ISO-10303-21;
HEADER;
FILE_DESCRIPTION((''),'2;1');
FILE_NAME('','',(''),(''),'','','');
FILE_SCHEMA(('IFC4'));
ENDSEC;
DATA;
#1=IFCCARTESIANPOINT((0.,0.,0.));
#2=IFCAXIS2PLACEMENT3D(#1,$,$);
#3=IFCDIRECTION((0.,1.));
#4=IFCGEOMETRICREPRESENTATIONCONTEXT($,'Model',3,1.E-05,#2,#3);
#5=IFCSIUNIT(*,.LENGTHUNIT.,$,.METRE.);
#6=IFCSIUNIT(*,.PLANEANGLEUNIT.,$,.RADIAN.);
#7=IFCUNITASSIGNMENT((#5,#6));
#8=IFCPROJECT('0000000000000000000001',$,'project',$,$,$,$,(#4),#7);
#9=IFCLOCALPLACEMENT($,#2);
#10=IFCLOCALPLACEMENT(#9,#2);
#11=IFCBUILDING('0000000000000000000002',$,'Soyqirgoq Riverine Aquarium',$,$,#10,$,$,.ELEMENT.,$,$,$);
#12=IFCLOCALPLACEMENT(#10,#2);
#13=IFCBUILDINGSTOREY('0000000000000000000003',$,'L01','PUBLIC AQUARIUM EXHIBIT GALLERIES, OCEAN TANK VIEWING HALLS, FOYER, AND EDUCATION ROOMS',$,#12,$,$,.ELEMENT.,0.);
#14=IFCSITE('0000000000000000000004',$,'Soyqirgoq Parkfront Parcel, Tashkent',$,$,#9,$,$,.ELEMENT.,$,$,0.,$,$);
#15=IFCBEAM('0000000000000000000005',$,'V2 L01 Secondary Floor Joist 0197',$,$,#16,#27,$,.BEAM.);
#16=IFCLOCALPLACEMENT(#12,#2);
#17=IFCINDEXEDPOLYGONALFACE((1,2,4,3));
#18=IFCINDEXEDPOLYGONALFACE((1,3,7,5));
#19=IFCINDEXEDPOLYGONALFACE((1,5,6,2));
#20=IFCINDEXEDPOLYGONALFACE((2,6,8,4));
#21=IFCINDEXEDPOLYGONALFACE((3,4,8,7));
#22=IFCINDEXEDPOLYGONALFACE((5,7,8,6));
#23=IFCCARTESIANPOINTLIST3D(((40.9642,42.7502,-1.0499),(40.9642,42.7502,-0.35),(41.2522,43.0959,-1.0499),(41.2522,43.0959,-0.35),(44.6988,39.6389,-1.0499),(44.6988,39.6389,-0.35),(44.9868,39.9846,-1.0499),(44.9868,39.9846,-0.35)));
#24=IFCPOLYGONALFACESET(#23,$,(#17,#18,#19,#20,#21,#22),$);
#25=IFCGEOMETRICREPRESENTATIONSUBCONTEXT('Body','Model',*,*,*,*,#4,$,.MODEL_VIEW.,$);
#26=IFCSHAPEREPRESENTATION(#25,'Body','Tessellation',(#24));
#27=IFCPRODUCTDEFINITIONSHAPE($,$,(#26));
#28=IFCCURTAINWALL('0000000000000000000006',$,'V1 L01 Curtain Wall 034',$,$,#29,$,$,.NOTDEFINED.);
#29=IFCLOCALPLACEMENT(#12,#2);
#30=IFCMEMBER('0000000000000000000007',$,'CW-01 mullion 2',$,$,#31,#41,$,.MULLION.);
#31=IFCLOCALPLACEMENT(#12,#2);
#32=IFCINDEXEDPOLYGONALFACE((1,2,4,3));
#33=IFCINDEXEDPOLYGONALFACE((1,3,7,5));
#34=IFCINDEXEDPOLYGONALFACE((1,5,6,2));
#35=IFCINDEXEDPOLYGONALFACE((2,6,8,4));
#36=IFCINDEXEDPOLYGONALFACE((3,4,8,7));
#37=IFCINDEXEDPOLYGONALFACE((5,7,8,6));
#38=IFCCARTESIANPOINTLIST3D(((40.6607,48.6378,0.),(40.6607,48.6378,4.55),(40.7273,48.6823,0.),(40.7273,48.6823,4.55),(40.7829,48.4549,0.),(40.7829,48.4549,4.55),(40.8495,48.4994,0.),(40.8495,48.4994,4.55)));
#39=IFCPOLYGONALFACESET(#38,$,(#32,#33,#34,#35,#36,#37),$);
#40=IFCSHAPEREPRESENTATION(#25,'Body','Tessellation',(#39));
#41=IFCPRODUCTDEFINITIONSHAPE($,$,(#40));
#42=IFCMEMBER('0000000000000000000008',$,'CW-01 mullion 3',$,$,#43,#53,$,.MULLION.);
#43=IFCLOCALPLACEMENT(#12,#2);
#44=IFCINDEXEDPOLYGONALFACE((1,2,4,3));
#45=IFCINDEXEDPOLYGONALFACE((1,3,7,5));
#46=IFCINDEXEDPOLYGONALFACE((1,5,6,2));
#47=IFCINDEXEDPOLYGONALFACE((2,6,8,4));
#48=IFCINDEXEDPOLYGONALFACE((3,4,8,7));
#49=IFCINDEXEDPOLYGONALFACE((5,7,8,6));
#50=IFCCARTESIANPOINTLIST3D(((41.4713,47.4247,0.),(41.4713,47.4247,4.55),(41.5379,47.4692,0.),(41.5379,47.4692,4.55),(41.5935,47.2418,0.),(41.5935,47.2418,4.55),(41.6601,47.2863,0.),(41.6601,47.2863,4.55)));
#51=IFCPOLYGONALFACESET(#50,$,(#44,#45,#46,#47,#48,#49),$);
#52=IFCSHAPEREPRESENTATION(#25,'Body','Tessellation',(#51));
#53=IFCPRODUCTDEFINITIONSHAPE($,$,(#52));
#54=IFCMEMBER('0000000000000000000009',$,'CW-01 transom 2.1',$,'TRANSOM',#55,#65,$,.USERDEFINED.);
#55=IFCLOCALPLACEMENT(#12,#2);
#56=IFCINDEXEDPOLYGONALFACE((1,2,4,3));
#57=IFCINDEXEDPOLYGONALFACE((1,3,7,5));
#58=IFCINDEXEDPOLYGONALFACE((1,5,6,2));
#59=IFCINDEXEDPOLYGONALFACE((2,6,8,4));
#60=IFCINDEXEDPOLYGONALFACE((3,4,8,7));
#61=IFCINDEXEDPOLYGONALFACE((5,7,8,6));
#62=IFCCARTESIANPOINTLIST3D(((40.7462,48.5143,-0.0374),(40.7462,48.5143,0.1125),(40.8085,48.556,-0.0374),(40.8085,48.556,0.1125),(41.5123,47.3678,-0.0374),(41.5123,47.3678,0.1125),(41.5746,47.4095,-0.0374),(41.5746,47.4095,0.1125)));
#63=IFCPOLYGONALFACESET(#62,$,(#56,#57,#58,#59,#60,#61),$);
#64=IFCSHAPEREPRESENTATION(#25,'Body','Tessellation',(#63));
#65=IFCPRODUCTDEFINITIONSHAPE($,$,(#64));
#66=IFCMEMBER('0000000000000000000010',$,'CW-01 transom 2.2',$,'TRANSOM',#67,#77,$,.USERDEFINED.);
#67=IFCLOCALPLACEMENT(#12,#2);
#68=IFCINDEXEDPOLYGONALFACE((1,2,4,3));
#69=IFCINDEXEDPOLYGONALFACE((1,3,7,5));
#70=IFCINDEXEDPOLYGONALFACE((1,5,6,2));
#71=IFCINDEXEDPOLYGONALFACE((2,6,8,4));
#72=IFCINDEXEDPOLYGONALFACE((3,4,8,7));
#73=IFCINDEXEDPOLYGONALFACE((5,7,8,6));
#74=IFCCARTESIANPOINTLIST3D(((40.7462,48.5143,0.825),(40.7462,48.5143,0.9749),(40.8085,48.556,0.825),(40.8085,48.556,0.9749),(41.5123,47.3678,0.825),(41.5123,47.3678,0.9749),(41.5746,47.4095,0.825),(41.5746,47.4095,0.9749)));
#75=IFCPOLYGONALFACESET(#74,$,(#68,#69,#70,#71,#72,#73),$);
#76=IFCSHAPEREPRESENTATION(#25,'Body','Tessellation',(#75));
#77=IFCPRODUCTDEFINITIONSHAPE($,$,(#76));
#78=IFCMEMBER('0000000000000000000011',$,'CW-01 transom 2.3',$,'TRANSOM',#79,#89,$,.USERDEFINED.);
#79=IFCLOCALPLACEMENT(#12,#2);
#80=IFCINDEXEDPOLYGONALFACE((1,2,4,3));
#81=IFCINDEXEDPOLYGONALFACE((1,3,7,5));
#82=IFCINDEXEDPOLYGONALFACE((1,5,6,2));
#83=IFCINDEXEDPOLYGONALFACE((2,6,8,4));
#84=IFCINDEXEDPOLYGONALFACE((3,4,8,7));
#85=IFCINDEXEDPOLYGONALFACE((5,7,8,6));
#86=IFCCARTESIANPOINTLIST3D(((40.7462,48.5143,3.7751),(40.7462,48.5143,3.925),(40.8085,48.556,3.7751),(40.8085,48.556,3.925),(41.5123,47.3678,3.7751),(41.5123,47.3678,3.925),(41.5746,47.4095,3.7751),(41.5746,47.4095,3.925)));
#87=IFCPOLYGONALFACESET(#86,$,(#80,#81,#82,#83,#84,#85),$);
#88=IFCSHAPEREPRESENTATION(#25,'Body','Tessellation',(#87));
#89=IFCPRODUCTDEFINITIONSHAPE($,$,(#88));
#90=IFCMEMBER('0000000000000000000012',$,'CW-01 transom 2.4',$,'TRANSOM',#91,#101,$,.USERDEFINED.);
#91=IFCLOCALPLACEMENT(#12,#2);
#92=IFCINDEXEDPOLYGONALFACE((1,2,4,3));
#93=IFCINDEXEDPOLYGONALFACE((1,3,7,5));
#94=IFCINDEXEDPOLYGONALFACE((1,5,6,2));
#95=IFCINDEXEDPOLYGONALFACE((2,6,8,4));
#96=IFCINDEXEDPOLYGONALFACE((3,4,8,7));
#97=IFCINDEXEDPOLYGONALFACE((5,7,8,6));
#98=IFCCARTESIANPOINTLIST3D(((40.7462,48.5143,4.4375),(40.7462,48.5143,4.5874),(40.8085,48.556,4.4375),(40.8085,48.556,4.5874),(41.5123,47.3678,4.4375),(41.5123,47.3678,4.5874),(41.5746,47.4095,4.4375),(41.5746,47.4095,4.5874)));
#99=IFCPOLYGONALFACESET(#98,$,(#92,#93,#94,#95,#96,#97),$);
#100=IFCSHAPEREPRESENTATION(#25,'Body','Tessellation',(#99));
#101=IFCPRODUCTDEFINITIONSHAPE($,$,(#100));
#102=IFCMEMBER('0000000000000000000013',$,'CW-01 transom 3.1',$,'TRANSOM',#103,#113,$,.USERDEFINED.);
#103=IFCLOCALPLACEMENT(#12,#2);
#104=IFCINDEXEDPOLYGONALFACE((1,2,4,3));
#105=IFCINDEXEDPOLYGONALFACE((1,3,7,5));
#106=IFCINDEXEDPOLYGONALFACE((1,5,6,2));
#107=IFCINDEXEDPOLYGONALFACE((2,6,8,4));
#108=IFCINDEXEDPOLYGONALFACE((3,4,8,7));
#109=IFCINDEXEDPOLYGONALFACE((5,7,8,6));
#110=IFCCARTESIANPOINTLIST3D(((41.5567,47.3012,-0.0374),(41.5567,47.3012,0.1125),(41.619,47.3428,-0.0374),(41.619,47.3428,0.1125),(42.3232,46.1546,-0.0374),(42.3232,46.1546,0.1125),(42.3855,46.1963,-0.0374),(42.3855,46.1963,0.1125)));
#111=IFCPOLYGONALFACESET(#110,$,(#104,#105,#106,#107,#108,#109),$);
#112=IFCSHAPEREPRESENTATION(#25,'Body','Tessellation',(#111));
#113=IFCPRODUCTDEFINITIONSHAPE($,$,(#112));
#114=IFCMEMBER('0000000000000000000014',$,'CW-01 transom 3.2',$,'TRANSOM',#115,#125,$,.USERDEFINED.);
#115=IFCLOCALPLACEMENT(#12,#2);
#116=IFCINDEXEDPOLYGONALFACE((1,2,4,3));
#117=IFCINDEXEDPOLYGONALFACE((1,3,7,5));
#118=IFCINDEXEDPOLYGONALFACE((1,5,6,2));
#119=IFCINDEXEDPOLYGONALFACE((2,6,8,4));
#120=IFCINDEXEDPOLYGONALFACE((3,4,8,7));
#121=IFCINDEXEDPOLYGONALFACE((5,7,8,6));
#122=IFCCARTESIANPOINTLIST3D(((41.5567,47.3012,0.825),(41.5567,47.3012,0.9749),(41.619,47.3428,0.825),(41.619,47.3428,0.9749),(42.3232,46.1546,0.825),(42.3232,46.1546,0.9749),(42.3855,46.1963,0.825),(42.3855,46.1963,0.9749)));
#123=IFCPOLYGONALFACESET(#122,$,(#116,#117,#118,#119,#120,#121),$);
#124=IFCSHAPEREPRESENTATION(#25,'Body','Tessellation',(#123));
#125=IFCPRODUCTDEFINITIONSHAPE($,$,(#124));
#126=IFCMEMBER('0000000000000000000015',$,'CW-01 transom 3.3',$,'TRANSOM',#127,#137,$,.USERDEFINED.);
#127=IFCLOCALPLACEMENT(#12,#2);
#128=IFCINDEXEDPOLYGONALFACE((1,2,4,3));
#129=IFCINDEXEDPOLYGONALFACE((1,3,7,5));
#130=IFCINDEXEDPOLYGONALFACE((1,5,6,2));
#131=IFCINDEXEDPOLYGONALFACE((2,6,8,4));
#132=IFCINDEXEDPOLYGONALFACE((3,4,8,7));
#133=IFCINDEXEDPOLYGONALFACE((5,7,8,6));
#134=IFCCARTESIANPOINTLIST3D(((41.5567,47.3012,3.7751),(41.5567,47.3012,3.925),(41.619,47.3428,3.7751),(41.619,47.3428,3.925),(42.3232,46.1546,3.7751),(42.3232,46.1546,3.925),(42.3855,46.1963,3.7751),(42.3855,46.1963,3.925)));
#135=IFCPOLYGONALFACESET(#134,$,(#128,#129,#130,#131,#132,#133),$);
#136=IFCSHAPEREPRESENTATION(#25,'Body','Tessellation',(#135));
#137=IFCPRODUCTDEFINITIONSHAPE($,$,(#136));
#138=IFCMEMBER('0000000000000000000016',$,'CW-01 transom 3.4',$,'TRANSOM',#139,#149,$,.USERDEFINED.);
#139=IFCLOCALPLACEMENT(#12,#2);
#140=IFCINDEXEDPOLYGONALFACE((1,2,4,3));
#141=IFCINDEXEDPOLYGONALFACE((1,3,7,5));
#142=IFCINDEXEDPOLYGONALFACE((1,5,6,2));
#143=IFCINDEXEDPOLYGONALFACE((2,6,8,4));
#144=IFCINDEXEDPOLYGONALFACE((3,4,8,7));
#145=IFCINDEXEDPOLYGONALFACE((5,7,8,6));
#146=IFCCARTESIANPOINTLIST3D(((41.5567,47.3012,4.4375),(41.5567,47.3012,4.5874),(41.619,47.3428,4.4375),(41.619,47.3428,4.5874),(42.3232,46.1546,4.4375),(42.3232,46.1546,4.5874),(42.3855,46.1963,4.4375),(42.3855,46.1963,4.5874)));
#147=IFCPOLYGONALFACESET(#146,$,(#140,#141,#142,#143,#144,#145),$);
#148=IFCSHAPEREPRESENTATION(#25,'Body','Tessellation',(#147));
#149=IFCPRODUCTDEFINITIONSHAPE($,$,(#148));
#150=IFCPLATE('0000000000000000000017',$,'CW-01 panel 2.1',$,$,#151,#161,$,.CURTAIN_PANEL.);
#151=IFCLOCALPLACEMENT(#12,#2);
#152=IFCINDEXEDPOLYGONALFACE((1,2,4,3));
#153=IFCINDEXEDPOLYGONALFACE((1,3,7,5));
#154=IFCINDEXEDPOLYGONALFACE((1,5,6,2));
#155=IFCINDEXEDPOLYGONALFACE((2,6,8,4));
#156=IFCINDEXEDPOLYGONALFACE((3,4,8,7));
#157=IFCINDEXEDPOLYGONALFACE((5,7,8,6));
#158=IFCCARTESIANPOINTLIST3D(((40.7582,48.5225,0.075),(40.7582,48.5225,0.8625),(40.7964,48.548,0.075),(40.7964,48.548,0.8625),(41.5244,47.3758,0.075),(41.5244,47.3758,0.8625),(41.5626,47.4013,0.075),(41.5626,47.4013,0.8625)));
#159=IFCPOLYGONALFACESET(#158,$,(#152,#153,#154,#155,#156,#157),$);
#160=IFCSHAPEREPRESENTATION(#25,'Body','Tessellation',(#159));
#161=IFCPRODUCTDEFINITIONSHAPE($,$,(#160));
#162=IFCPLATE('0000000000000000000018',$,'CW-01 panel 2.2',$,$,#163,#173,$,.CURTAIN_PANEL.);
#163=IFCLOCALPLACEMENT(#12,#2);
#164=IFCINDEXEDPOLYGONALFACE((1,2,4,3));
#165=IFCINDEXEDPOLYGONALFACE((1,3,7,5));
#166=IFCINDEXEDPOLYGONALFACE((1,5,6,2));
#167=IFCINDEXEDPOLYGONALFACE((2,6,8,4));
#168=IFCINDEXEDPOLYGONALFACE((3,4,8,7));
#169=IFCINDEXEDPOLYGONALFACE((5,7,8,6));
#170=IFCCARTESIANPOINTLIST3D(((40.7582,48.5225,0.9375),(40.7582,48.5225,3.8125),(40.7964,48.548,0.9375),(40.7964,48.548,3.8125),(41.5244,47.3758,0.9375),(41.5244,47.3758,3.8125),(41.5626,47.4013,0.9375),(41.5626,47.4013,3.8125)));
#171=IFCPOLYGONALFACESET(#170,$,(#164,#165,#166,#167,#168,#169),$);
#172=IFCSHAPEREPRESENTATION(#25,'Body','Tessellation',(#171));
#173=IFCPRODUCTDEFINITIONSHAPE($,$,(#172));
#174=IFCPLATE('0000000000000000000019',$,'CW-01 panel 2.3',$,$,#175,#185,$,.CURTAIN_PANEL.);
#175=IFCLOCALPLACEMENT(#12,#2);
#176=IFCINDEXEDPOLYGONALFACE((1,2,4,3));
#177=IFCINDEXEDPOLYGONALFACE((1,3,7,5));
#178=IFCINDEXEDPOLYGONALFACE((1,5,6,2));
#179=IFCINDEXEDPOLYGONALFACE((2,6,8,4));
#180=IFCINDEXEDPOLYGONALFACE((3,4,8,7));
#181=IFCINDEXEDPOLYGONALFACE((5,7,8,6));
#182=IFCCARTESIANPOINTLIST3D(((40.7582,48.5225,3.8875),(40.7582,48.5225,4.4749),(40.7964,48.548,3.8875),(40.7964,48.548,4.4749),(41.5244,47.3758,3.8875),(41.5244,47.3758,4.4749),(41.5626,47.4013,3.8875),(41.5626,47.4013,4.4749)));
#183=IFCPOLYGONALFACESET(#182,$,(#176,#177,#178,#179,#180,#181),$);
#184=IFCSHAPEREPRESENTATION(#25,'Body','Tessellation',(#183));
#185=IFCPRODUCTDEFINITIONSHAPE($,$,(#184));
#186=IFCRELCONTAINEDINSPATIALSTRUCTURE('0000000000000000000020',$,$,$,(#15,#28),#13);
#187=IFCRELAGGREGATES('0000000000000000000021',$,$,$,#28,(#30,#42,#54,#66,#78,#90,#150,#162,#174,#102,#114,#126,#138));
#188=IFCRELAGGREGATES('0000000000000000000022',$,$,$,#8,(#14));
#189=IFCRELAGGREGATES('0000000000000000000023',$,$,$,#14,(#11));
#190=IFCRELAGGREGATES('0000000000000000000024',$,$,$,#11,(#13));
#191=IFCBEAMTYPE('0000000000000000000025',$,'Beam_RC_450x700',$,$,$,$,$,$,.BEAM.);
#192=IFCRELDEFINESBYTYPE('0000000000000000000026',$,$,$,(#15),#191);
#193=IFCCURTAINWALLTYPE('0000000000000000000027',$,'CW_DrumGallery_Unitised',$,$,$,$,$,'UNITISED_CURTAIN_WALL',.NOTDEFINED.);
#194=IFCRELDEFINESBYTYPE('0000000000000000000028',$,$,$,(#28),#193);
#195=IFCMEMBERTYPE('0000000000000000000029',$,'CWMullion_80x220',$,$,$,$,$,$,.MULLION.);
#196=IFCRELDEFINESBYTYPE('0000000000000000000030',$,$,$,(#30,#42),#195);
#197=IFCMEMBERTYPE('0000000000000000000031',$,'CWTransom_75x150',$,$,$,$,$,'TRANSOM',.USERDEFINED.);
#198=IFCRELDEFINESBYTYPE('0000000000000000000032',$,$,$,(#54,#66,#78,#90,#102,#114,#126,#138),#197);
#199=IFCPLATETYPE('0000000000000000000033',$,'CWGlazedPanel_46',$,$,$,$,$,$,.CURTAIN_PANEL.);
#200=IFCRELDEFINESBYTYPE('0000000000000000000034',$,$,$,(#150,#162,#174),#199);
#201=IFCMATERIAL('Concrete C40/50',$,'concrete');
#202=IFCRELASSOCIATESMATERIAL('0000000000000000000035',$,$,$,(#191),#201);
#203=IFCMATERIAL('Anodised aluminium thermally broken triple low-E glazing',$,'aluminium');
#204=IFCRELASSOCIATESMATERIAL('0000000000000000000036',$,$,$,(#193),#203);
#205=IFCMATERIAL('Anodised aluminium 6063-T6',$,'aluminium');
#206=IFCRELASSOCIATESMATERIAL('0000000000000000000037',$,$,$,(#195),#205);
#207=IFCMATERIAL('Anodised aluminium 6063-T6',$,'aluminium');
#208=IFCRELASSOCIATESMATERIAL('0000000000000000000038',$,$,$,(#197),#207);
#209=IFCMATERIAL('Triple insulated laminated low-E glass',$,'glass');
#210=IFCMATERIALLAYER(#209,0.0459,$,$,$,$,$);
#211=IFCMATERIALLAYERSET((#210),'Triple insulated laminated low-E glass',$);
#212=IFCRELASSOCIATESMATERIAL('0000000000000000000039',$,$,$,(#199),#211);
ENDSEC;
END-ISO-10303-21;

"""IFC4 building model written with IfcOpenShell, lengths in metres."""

from ifc_helpers import new_model, si_unit, direction, frame, origin, origin_2d, place, context, subcontext, project, spatial, rectangle, extrude, material, layer, layer_set, material_profile, profile_set, type_object, element, aggregate, save


model = new_model("IFC4")

# Units and contexts
model_context = context("Model", 3, precision=1e-05, world=origin(), true_north=direction((0.0, 1.0)))
body_context = subcontext(model_context, "Body", "Model", "MODEL_VIEW")
ifc_project = project(units=[si_unit("LENGTHUNIT", "METRE"), si_unit("PLANEANGLEUNIT", "RADIAN")], contexts=[model_context])

# Site, building, storey
site_placement = place(None, origin())
site = spatial("IfcSite", under=ifc_project, at=site_placement, Name="Soyqirgoq Parkfront Parcel, Tashkent", CompositionType="ELEMENT", RefElevation=0.0)
building_placement = place(site_placement, origin())
building = spatial("IfcBuilding", under=site, at=building_placement, Name="Soyqirgoq Riverine Aquarium", CompositionType="ELEMENT")
storey_placement = place(building_placement, origin())
storey = spatial("IfcBuildingStorey", under=building, at=storey_placement, Name="L01", Description="PUBLIC AQUARIUM EXHIBIT GALLERIES, OCEAN TANK VIEWING HALLS, FOYER, AND EDUCATION ROOMS", CompositionType="ELEMENT", Elevation=0.0)

# Beam
ifc_material_1 = material(Name="Concrete C40/50", Category="concrete")
ifc_material_profile_1 = material_profile(ifc_material_1, rectangle(XDim=0.45, YDim=0.7, at=origin_2d()), Name="RC 450x700")
ifc_profile_set_1 = profile_set([ifc_material_profile_1], Name="Concrete C40/50")
beam_type = type_object("IfcBeamType", Name="Beam_RC_450x700", PredefinedType="BEAM", material=ifc_profile_set_1)
beam_placement = place(storey_placement, frame((41.1082, 42.9231, -0.7), z_axis=(0.768308, -0.640081, 0.0), x_axis=(0.640081, 0.768308, 0.0)))
element("IfcBeam", 1, at=beam_placement, inside=storey, type_object=beam_type, Name="V2 L01 Secondary Floor Joist 0197", PredefinedType="BEAM", context=body_context, shape_type="SweptSolid", body=[
    extrude(rectangle(XDim=0.45, YDim=0.7, at=origin_2d()), origin(), (0.0, 0.0, 1.0), 4.8608),
])

# Curtain wall, members, plates
ifc_material_2 = material(Name="Anodised aluminium thermally broken triple low-E glazing", Category="aluminium")
curtain_wall_type = type_object("IfcCurtainWallType", Name="CW_DrumGallery_Unitised", ElementType="UNITISED_CURTAIN_WALL", PredefinedType="NOTDEFINED", material=ifc_material_2)
curtain_wall_placement = place(storey_placement, origin())
curtain_wall = element("IfcCurtainWall", 2, at=curtain_wall_placement, inside=storey, type_object=curtain_wall_type, Name="V1 L01 Curtain Wall 034", PredefinedType="NOTDEFINED")
ifc_material_3 = material(Name="Anodised aluminium 6063-T6", Category="aluminium")
ifc_material_profile_2 = material_profile(ifc_material_3, rectangle(XDim=0.0801, YDim=0.22, at=origin_2d()), Name="ALU-M 80x220")
ifc_profile_set_2 = profile_set([ifc_material_profile_2], Name="Anodised aluminium 6063-T6")
member_type_1 = type_object("IfcMemberType", Name="CWMullion_80x220", PredefinedType="MULLION", material=ifc_profile_set_2)
member_1_placement = place(storey_placement, frame((40.7551, 48.5686, 0.0), z_axis=(0.0, 0.0, 1.0), x_axis=(0.831467, 0.555574, 0.0)))
member_1 = element("IfcMember", 3, at=member_1_placement, type_object=member_type_1, Name="CW-01 mullion 2", PredefinedType="MULLION", context=body_context, shape_type="SweptSolid", body=[
    extrude(rectangle(XDim=0.0801, YDim=0.22, at=origin_2d()), origin(), (0.0, 0.0, 1.0), 4.55),
])
member_2_placement = place(storey_placement, frame((41.5657, 47.3555, 0.0), z_axis=(0.0, 0.0, 1.0), x_axis=(0.831467, 0.555574, 0.0)))
member_2 = element("IfcMember", 4, at=member_2_placement, type_object=member_type_1, Name="CW-01 mullion 3", PredefinedType="MULLION", context=body_context, shape_type="SweptSolid", body=[
    extrude(rectangle(XDim=0.0801, YDim=0.22, at=origin_2d()), origin(), (0.0, 0.0, 1.0), 4.55),
])
ifc_material_4 = material(Name="Anodised aluminium 6063-T6", Category="aluminium")
ifc_material_profile_3 = material_profile(ifc_material_4, rectangle(XDim=0.075, YDim=0.1499, at=origin_2d()), Name="ALU-T 75x150")
ifc_profile_set_3 = profile_set([ifc_material_profile_3], Name="Anodised aluminium 6063-T6")
member_type_2 = type_object("IfcMemberType", Name="CWTransom_75x150", ElementType="TRANSOM", PredefinedType="USERDEFINED", material=ifc_profile_set_3)
member_3_placement = place(storey_placement, frame((40.7773, 48.5352, 0.0376), z_axis=(0.555599, -0.831451, 0.0), x_axis=(0.831451, 0.555599, 0.0)))
member_3 = element("IfcMember", 5, at=member_3_placement, type_object=member_type_2, Name="CW-01 transom 2.1", ObjectType="TRANSOM", PredefinedType="USERDEFINED", context=body_context, shape_type="SweptSolid", body=[
    extrude(rectangle(XDim=0.075, YDim=0.1499, at=origin_2d()), origin(), (0.0, 0.0, 1.0), 1.3789),
])
member_4_placement = place(storey_placement, frame((40.7773, 48.5352, 0.8999), z_axis=(0.555599, -0.831451, 0.0), x_axis=(0.831451, 0.555599, 0.0)))
member_4 = element("IfcMember", 6, at=member_4_placement, type_object=member_type_2, Name="CW-01 transom 2.2", ObjectType="TRANSOM", PredefinedType="USERDEFINED", context=body_context, shape_type="SweptSolid", body=[
    extrude(rectangle(XDim=0.075, YDim=0.1499, at=origin_2d()), origin(), (0.0, 0.0, 1.0), 1.3789),
])
member_5_placement = place(storey_placement, frame((40.7773, 48.5352, 3.8501), z_axis=(0.555599, -0.831451, 0.0), x_axis=(0.831451, 0.555599, 0.0)))
member_5 = element("IfcMember", 7, at=member_5_placement, type_object=member_type_2, Name="CW-01 transom 2.3", ObjectType="TRANSOM", PredefinedType="USERDEFINED", context=body_context, shape_type="SweptSolid", body=[
    extrude(rectangle(XDim=0.075, YDim=0.1499, at=origin_2d()), origin(), (0.0, 0.0, 1.0), 1.3789),
])
member_6_placement = place(storey_placement, frame((40.7773, 48.5352, 4.5125), z_axis=(0.555599, -0.831451, 0.0), x_axis=(0.831451, 0.555599, 0.0)))
member_6 = element("IfcMember", 8, at=member_6_placement, type_object=member_type_2, Name="CW-01 transom 2.4", ObjectType="TRANSOM", PredefinedType="USERDEFINED", context=body_context, shape_type="SweptSolid", body=[
    extrude(rectangle(XDim=0.075, YDim=0.1499, at=origin_2d()), origin(), (0.0, 0.0, 1.0), 1.3789),
])
member_7_placement = place(storey_placement, frame((41.5879, 47.322, 0.0376), z_axis=(0.555721, -0.831369, 0.0), x_axis=(0.831369, 0.555721, 0.0)))
member_7 = element("IfcMember", 9, at=member_7_placement, type_object=member_type_2, Name="CW-01 transom 3.1", ObjectType="TRANSOM", PredefinedType="USERDEFINED", context=body_context, shape_type="SweptSolid", body=[
    extrude(rectangle(XDim=0.075, YDim=0.1499, at=origin_2d()), origin(), (0.0, 0.0, 1.0), 1.3792),
])
member_8_placement = place(storey_placement, frame((41.5879, 47.322, 0.8999), z_axis=(0.555721, -0.831369, 0.0), x_axis=(0.831369, 0.555721, 0.0)))
member_8 = element("IfcMember", 10, at=member_8_placement, type_object=member_type_2, Name="CW-01 transom 3.2", ObjectType="TRANSOM", PredefinedType="USERDEFINED", context=body_context, shape_type="SweptSolid", body=[
    extrude(rectangle(XDim=0.075, YDim=0.1499, at=origin_2d()), origin(), (0.0, 0.0, 1.0), 1.3792),
])
member_9_placement = place(storey_placement, frame((41.5879, 47.322, 3.8501), z_axis=(0.555721, -0.831369, 0.0), x_axis=(0.831369, 0.555721, 0.0)))
member_9 = element("IfcMember", 11, at=member_9_placement, type_object=member_type_2, Name="CW-01 transom 3.3", ObjectType="TRANSOM", PredefinedType="USERDEFINED", context=body_context, shape_type="SweptSolid", body=[
    extrude(rectangle(XDim=0.075, YDim=0.1499, at=origin_2d()), origin(), (0.0, 0.0, 1.0), 1.3792),
])
member_10_placement = place(storey_placement, frame((41.5879, 47.322, 4.5125), z_axis=(0.555721, -0.831369, 0.0), x_axis=(0.831369, 0.555721, 0.0)))
member_10 = element("IfcMember", 12, at=member_10_placement, type_object=member_type_2, Name="CW-01 transom 3.4", ObjectType="TRANSOM", PredefinedType="USERDEFINED", context=body_context, shape_type="SweptSolid", body=[
    extrude(rectangle(XDim=0.075, YDim=0.1499, at=origin_2d()), origin(), (0.0, 0.0, 1.0), 1.3792),
])
ifc_material_5 = material(Name="Triple insulated laminated low-E glass", Category="glass")
ifc_layer_1 = layer(ifc_material_5, 0.0459)
ifc_layer_set_1 = layer_set([ifc_layer_1], Name="Triple insulated laminated low-E glass")
plate_type = type_object("IfcPlateType", Name="CWGlazedPanel_46", PredefinedType="CURTAIN_PANEL", material=ifc_layer_set_1)
plate_1_placement = place(storey_placement, frame((41.1604, 47.9619, 0.075), z_axis=(0.0, 0.0, 1.0), x_axis=(0.555574, -0.831467, 0.0)))
plate_1 = element("IfcPlate", 13, at=plate_1_placement, type_object=plate_type, Name="CW-01 panel 2.1", PredefinedType="CURTAIN_PANEL", context=body_context, shape_type="SweptSolid", body=[
    extrude(rectangle(XDim=1.3792, YDim=0.0459, at=origin_2d()), origin(), (0.0, 0.0, 1.0), 0.7876),
])
plate_2_placement = place(storey_placement, frame((41.1604, 47.9619, 0.9375), z_axis=(0.0, 0.0, 1.0), x_axis=(0.555574, -0.831467, 0.0)))
plate_2 = element("IfcPlate", 14, at=plate_2_placement, type_object=plate_type, Name="CW-01 panel 2.2", PredefinedType="CURTAIN_PANEL", context=body_context, shape_type="SweptSolid", body=[
    extrude(rectangle(XDim=1.3792, YDim=0.0459, at=origin_2d()), origin(), (0.0, 0.0, 1.0), 2.875),
])
plate_3_placement = place(storey_placement, frame((41.1604, 47.9619, 3.8875), z_axis=(0.0, 0.0, 1.0), x_axis=(0.555574, -0.831467, 0.0)))
plate_3 = element("IfcPlate", 15, at=plate_3_placement, type_object=plate_type, Name="CW-01 panel 2.3", PredefinedType="CURTAIN_PANEL", context=body_context, shape_type="SweptSolid", body=[
    extrude(rectangle(XDim=1.3792, YDim=0.0459, at=origin_2d()), origin(), (0.0, 0.0, 1.0), 0.5874),
])
aggregate(curtain_wall, [member_1, member_2, member_3, member_4, member_5, member_6, plate_1, plate_2, plate_3, member_7, member_8, member_9, member_10])

save(model, "model.ifc")
